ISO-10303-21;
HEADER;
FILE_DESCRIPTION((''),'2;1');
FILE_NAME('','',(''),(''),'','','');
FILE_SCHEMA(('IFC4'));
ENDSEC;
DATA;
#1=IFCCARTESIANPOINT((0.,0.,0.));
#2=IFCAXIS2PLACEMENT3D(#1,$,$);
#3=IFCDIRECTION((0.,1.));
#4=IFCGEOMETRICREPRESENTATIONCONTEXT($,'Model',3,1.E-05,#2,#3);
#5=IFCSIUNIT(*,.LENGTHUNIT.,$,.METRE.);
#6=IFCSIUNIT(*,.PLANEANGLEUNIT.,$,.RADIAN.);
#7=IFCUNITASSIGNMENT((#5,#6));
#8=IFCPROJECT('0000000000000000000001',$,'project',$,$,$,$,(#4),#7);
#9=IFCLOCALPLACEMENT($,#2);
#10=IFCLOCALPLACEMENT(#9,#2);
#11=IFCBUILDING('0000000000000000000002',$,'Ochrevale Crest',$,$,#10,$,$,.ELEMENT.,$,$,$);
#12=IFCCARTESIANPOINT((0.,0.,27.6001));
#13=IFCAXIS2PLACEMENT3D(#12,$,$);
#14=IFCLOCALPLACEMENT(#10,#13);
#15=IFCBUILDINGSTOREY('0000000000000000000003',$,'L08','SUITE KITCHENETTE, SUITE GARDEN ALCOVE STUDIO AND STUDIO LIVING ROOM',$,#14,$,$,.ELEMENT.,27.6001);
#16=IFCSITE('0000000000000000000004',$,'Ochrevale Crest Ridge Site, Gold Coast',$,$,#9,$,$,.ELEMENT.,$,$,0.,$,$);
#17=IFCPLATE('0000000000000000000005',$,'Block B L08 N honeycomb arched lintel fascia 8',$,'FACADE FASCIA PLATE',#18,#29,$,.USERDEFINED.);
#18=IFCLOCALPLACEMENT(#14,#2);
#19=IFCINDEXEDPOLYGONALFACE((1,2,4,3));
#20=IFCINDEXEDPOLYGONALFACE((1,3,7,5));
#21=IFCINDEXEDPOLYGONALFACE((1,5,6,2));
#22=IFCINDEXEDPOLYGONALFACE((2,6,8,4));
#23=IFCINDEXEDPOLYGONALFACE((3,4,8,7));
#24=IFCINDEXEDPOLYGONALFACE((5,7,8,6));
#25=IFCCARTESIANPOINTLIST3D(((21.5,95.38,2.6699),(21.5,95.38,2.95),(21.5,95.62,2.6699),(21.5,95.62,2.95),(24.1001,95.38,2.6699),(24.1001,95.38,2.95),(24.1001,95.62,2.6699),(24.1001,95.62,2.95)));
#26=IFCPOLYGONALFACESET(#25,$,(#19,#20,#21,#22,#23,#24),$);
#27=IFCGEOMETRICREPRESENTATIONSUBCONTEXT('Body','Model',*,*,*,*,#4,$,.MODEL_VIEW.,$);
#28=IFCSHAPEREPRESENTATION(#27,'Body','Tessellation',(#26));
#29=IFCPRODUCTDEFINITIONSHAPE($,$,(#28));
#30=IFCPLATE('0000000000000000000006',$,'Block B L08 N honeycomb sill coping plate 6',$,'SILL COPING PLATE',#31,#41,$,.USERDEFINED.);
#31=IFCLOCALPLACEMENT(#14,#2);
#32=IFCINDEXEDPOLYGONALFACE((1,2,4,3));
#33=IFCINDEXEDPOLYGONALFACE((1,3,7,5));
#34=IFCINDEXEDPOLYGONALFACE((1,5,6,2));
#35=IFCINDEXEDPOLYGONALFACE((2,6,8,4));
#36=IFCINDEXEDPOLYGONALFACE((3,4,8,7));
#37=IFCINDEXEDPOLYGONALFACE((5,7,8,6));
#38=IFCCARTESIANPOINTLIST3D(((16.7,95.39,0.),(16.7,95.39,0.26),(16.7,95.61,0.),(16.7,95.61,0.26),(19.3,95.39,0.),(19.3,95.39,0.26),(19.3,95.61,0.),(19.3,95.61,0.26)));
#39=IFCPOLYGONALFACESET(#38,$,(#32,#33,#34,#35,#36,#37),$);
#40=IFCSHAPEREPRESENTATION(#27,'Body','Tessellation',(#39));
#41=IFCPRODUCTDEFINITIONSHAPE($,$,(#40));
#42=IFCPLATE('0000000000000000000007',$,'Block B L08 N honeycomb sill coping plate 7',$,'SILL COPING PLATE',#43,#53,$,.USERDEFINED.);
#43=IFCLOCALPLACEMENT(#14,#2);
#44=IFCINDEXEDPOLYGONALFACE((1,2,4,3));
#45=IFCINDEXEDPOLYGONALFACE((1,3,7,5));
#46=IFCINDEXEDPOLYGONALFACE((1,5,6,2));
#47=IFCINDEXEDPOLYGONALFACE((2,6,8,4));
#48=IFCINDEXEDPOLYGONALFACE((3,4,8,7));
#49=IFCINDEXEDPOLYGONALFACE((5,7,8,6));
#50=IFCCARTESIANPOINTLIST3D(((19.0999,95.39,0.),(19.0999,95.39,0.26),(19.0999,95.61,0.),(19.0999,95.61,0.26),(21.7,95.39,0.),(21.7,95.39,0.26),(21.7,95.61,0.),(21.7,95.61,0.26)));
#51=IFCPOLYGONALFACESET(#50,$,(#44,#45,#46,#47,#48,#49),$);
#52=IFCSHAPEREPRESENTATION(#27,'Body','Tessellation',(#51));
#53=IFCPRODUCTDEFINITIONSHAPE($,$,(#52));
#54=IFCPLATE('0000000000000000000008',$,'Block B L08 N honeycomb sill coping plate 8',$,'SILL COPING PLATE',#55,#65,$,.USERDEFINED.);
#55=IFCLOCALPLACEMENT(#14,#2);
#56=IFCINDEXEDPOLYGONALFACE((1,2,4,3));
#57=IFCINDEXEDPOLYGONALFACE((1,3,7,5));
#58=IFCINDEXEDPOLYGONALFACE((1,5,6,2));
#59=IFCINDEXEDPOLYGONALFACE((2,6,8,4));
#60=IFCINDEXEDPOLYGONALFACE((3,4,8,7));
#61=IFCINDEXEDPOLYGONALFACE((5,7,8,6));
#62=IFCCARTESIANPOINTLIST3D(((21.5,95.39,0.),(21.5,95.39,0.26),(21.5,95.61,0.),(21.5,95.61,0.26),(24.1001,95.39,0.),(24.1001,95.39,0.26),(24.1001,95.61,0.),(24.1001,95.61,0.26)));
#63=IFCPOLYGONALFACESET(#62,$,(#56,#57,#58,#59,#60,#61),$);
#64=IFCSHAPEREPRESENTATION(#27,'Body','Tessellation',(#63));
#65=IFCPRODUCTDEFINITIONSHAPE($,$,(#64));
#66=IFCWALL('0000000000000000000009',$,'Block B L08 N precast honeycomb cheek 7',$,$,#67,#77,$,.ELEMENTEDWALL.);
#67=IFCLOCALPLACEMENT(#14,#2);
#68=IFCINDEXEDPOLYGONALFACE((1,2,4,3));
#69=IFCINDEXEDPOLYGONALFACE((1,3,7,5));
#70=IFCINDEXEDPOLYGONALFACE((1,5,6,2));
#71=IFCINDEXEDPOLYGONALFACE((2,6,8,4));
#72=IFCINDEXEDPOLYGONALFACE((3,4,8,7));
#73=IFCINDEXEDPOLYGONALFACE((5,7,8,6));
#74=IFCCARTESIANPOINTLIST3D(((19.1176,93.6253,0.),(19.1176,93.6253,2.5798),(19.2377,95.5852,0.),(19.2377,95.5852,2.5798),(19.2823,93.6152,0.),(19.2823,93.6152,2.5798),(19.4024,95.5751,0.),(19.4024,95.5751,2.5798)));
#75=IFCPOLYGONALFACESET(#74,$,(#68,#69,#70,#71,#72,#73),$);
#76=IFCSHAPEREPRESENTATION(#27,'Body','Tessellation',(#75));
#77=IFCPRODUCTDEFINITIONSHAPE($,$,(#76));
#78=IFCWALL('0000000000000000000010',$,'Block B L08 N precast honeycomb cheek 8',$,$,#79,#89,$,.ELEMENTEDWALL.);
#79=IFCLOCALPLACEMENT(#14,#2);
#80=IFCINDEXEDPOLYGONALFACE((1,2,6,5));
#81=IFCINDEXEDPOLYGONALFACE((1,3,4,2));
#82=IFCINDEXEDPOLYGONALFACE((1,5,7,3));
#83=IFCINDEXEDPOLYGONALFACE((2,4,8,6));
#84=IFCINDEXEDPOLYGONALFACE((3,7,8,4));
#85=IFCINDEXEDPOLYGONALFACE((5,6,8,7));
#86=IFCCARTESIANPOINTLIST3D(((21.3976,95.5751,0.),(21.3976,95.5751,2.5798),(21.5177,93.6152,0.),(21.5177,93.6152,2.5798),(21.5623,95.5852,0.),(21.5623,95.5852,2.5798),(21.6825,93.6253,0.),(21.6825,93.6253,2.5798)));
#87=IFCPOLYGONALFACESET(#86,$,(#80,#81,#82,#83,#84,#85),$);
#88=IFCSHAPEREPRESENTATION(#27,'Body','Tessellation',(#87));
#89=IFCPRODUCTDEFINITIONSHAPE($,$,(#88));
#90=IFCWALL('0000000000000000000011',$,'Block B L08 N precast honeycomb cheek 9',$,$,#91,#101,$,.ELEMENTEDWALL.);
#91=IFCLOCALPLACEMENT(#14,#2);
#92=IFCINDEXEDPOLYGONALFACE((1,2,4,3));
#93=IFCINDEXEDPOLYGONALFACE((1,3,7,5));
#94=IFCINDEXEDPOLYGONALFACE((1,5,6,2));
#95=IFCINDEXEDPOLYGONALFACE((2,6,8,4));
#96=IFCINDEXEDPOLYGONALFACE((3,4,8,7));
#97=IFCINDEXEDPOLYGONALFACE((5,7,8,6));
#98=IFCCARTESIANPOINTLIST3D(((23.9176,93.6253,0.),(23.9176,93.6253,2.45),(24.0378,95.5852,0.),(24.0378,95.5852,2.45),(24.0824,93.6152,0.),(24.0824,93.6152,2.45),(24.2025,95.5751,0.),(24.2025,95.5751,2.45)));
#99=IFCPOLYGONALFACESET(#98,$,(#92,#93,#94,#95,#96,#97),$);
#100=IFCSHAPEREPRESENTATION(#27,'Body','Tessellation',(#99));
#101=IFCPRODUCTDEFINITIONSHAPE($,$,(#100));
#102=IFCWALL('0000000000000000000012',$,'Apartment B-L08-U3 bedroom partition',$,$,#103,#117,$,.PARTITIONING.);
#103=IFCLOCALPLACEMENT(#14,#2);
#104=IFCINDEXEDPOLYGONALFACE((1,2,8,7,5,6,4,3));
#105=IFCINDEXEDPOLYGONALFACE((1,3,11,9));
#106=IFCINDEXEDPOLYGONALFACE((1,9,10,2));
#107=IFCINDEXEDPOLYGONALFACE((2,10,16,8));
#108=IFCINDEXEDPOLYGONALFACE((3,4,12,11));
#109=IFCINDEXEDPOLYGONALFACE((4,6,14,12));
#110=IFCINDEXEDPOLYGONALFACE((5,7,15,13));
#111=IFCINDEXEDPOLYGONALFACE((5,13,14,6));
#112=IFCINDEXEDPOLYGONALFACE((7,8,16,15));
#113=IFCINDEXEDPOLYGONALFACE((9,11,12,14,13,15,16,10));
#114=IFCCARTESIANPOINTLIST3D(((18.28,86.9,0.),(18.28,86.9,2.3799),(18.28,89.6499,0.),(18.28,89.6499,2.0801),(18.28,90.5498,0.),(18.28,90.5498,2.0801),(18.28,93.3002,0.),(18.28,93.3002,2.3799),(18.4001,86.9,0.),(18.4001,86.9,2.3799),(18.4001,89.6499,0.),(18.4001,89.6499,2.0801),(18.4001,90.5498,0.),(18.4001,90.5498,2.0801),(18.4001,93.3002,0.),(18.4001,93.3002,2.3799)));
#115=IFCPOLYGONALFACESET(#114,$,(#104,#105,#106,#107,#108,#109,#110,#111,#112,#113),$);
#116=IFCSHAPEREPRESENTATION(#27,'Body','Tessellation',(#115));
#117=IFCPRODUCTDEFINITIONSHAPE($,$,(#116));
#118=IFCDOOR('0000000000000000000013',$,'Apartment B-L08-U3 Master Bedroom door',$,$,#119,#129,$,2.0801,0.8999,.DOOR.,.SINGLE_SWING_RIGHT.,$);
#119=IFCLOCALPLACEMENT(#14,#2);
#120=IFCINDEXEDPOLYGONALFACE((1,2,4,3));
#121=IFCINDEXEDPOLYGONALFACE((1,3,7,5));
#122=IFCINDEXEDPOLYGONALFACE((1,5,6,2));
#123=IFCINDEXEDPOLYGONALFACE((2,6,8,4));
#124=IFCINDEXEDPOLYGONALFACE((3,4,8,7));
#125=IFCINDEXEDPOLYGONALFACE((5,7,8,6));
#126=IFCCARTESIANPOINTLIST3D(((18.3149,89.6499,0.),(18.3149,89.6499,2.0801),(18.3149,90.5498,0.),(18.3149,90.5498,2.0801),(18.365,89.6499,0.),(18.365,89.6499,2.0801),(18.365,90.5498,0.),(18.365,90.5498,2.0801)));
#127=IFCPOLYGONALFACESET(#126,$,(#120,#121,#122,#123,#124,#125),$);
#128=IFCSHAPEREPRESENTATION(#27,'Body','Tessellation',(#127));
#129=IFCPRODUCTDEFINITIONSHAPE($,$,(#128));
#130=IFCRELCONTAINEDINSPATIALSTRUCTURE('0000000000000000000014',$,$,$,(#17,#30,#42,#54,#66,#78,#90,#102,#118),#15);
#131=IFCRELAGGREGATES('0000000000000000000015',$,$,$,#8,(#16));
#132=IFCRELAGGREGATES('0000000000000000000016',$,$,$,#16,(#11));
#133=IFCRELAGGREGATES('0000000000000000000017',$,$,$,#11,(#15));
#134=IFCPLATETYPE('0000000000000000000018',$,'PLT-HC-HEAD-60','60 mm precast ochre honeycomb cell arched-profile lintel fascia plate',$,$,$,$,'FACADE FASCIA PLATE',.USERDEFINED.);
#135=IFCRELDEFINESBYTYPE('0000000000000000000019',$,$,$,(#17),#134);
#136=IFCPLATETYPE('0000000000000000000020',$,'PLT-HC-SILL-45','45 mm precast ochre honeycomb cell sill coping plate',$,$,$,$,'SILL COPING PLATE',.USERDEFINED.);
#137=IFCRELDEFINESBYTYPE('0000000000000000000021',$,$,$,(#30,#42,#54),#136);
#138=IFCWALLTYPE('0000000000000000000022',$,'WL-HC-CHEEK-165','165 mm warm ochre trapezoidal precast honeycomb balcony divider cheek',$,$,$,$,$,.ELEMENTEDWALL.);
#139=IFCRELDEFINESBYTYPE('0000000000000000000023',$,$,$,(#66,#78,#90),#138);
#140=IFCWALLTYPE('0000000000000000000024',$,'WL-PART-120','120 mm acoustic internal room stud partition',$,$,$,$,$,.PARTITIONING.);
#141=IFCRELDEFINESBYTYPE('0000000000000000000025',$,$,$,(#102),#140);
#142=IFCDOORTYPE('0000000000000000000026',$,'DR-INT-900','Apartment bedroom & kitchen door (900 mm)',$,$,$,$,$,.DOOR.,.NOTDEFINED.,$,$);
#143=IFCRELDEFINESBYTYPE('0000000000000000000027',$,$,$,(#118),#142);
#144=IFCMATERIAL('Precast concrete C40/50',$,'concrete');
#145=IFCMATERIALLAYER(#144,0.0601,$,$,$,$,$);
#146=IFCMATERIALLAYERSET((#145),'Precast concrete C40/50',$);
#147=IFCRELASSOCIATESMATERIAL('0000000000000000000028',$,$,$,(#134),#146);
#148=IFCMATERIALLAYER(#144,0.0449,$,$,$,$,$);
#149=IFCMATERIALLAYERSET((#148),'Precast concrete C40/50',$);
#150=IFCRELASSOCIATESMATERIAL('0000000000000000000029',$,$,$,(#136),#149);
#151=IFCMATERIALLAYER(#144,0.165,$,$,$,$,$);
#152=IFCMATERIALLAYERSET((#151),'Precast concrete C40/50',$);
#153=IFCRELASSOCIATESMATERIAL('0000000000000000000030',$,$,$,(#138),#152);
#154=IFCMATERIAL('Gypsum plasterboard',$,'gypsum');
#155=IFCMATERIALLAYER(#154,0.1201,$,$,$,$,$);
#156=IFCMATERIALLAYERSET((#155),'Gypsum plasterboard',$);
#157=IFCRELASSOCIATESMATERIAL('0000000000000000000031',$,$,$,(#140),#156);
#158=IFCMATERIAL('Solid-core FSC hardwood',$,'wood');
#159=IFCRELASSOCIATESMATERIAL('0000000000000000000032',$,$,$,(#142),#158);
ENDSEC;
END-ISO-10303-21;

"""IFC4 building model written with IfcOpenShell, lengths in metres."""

from ifc_helpers import new_model, si_unit, direction, frame, frame_2d, origin, origin_2d, place, context, subcontext, project, spatial, rectangle, extrude, material, layer, layer_set, type_object, element, fill, save


model = new_model("IFC4")

# Units and contexts
model_context = context("Model", 3, precision=1e-05, world=origin(), true_north=direction((0.0, 1.0)))
body_context = subcontext(model_context, "Body", "Model", "MODEL_VIEW")
ifc_project = project(units=[si_unit("LENGTHUNIT", "METRE"), si_unit("PLANEANGLEUNIT", "RADIAN")], contexts=[model_context])

# Site, building, storey
site_placement = place(None, origin())
site = spatial("IfcSite", under=ifc_project, at=site_placement, Name="Ochrevale Crest Ridge Site, Gold Coast", CompositionType="ELEMENT", RefElevation=0.0)
building_placement = place(site_placement, origin())
building = spatial("IfcBuilding", under=site, at=building_placement, Name="Ochrevale Crest", CompositionType="ELEMENT")
storey_placement = place(building_placement, frame((0.0, 0.0, 27.6001)))
storey = spatial("IfcBuildingStorey", under=building, at=storey_placement, Name="L08", Description="SUITE KITCHENETTE, SUITE GARDEN ALCOVE STUDIO AND STUDIO LIVING ROOM", CompositionType="ELEMENT", Elevation=27.6001)

# Shared definitions
ifc_material_1 = material(Name="Precast concrete C40/50", Category="concrete")

# Plates
ifc_layer_1 = layer(ifc_material_1, 0.0601)
ifc_layer_set_1 = layer_set([ifc_layer_1], Name="Precast concrete C40/50")
plate_type_1 = type_object("IfcPlateType", Name="PLT-HC-HEAD-60", Description="60 mm precast ochre honeycomb cell arched-profile lintel fascia plate", ElementType="FACADE FASCIA PLATE", PredefinedType="USERDEFINED", material=ifc_layer_set_1)
for number, where, z_axis, x_axis, name in (
    (1, (22.8, 95.5, 2.6699), (0.0, 0.0, 1.0), (1.0, 0.0, 0.0), "Block B L08 N honeycomb arched lintel fascia 8"),
):
    element("IfcPlate", number, at=place(storey_placement, frame(where, z_axis=z_axis, x_axis=x_axis)), inside=storey, type_object=plate_type_1, Name=name, ObjectType="FACADE FASCIA PLATE", PredefinedType="USERDEFINED", context=body_context, shape_type="SweptSolid", body=[
        extrude(rectangle(XDim=2.6001, YDim=0.24, at=origin_2d()), origin(), (0.0, 0.0, 1.0), 0.28),
    ])
ifc_layer_2 = layer(ifc_material_1, 0.0449)
ifc_layer_set_2 = layer_set([ifc_layer_2], Name="Precast concrete C40/50")
plate_type_2 = type_object("IfcPlateType", Name="PLT-HC-SILL-45", Description="45 mm precast ochre honeycomb cell sill coping plate", ElementType="SILL COPING PLATE", PredefinedType="USERDEFINED", material=ifc_layer_set_2)
for number, where, z_axis, x_axis, name in (
    (2, (18.0, 95.5, 0.0), (0.0, 0.0, 1.0), (1.0, 0.0, 0.0), "Block B L08 N honeycomb sill coping plate 6"),
    (3, (20.3999, 95.5, 0.0), (0.0, 0.0, 1.0), (1.0, 0.0, 0.0), "Block B L08 N honeycomb sill coping plate 7"),
    (4, (22.8, 95.5, 0.0), (0.0, 0.0, 1.0), (1.0, 0.0, 0.0), "Block B L08 N honeycomb sill coping plate 8"),
):
    element("IfcPlate", number, at=place(storey_placement, frame(where, z_axis=z_axis, x_axis=x_axis)), inside=storey, type_object=plate_type_2, Name=name, ObjectType="SILL COPING PLATE", PredefinedType="USERDEFINED", context=body_context, shape_type="SweptSolid", body=[
        extrude(rectangle(XDim=2.6001, YDim=0.22, at=origin_2d()), origin(), (0.0, 0.0, 1.0), 0.26),
    ])

# Walls
ifc_layer_3 = layer(ifc_material_1, 0.165)
ifc_layer_set_3 = layer_set([ifc_layer_3], Name="Precast concrete C40/50")
wall_type_1 = type_object("IfcWallType", Name="WL-HC-CHEEK-165", Description="165 mm warm ochre trapezoidal precast honeycomb balcony divider cheek", PredefinedType="ELEMENTEDWALL", material=ifc_layer_set_3)
for number, where, z_axis, x_axis, name in (
    (5, (19.2, 93.6201, 0.0), (0.0, 0.0, 1.0), (0.061171, 0.998127, 0.0), "Block B L08 N precast honeycomb cheek 7"),
    (6, (21.6001, 93.6201, 0.0), (0.0, 0.0, 1.0), (-0.061171, 0.998127, 0.0), "Block B L08 N precast honeycomb cheek 8"),
):
    element("IfcWall", number, at=place(storey_placement, frame(where, z_axis=z_axis, x_axis=x_axis)), inside=storey, type_object=wall_type_1, Name=name, PredefinedType="ELEMENTEDWALL", context=body_context, shape_type="SweptSolid", body=[
        extrude(rectangle(XDim=1.9636, YDim=0.165, at=frame_2d((0.9819, 0.0))), origin(), (0.0, 0.0, 1.0), 2.5798),
    ])
wall_1_placement = place(storey_placement, frame((24.0, 93.6201, 0.0), z_axis=(0.0, 0.0, 1.0), x_axis=(0.061171, 0.998127, 0.0)))
element("IfcWall", 7, at=wall_1_placement, inside=storey, type_object=wall_type_1, Name="Block B L08 N precast honeycomb cheek 9", PredefinedType="ELEMENTEDWALL", context=body_context, shape_type="SweptSolid", body=[
    extrude(rectangle(XDim=1.9636, YDim=0.165, at=frame_2d((0.9819, 0.0))), origin(), (0.0, 0.0, 1.0), 2.45),
])

# Wall, opening, door
ifc_material_2 = material(Name="Gypsum plasterboard", Category="gypsum")
ifc_layer_4 = layer(ifc_material_2, 0.1201)
ifc_layer_set_4 = layer_set([ifc_layer_4], Name="Gypsum plasterboard")
wall_type_2 = type_object("IfcWallType", Name="WL-PART-120", Description="120 mm acoustic internal room stud partition", PredefinedType="PARTITIONING", material=ifc_layer_set_4)
wall_2_placement = place(storey_placement, frame((18.3401, 86.8999, 0.0), z_axis=(0.0, 0.0, 1.0), x_axis=(0.0, 1.0, 0.0)))
wall_2 = element("IfcWall", 8, at=wall_2_placement, inside=storey, type_object=wall_type_2, Name="Apartment B-L08-U3 bedroom partition", PredefinedType="PARTITIONING", context=body_context, shape_type="SweptSolid", body=[
    extrude(rectangle(XDim=6.4001, YDim=0.1201, at=frame_2d((3.2002, 0.0))), origin(), (0.0, 0.0, 1.0), 2.3799),
])
opening_1_placement = place(wall_2_placement, frame((3.6499, 0.0, 0.0), z_axis=(0.0, 0.0, 1.0), x_axis=(-1.0, 0.0, 0.0)))
opening_1 = element("IfcOpeningElement", 9, at=opening_1_placement, cuts=wall_2, PredefinedType="OPENING", context=body_context, shape_type="SweptSolid", body=[
    extrude(rectangle(XDim=0.8999, YDim=2.0801, at=frame_2d((0.45, 1.04))), frame((0.0, 0.0701, 0.0), z_axis=(0.0, -1.0, 0.0), x_axis=(1.0, 0.0, 0.0)), (0.0, 0.0, 1.0), 0.1401),
])
ifc_material_3 = material(Name="Solid-core FSC hardwood", Category="wood")
door_type_1 = type_object("IfcDoorType", Name="DR-INT-900", Description="Apartment bedroom & kitchen door (900 mm)", OperationType="NOTDEFINED", PredefinedType="DOOR", material=ifc_material_3)
door_1_placement = place(opening_1_placement, origin())
door_1 = element("IfcDoor", 10, at=door_1_placement, inside=storey, type_object=door_type_1, Name="Apartment B-L08-U3 Master Bedroom door", OperationType="SINGLE_SWING_RIGHT", OverallHeight=2.0801, OverallWidth=0.8999, PredefinedType="DOOR", context=body_context, shape_type="SweptSolid", body=[
    extrude(rectangle(XDim=0.8999, YDim=2.0801, at=frame_2d((0.45, 1.04))), frame((0.0, 0.0249, 0.0), z_axis=(0.0, -1.0, 0.0), x_axis=(1.0, 0.0, 0.0)), (0.0, 0.0, 1.0), 0.05),
])
fill(opening_1, door_1)

save(model, "model.ifc")
